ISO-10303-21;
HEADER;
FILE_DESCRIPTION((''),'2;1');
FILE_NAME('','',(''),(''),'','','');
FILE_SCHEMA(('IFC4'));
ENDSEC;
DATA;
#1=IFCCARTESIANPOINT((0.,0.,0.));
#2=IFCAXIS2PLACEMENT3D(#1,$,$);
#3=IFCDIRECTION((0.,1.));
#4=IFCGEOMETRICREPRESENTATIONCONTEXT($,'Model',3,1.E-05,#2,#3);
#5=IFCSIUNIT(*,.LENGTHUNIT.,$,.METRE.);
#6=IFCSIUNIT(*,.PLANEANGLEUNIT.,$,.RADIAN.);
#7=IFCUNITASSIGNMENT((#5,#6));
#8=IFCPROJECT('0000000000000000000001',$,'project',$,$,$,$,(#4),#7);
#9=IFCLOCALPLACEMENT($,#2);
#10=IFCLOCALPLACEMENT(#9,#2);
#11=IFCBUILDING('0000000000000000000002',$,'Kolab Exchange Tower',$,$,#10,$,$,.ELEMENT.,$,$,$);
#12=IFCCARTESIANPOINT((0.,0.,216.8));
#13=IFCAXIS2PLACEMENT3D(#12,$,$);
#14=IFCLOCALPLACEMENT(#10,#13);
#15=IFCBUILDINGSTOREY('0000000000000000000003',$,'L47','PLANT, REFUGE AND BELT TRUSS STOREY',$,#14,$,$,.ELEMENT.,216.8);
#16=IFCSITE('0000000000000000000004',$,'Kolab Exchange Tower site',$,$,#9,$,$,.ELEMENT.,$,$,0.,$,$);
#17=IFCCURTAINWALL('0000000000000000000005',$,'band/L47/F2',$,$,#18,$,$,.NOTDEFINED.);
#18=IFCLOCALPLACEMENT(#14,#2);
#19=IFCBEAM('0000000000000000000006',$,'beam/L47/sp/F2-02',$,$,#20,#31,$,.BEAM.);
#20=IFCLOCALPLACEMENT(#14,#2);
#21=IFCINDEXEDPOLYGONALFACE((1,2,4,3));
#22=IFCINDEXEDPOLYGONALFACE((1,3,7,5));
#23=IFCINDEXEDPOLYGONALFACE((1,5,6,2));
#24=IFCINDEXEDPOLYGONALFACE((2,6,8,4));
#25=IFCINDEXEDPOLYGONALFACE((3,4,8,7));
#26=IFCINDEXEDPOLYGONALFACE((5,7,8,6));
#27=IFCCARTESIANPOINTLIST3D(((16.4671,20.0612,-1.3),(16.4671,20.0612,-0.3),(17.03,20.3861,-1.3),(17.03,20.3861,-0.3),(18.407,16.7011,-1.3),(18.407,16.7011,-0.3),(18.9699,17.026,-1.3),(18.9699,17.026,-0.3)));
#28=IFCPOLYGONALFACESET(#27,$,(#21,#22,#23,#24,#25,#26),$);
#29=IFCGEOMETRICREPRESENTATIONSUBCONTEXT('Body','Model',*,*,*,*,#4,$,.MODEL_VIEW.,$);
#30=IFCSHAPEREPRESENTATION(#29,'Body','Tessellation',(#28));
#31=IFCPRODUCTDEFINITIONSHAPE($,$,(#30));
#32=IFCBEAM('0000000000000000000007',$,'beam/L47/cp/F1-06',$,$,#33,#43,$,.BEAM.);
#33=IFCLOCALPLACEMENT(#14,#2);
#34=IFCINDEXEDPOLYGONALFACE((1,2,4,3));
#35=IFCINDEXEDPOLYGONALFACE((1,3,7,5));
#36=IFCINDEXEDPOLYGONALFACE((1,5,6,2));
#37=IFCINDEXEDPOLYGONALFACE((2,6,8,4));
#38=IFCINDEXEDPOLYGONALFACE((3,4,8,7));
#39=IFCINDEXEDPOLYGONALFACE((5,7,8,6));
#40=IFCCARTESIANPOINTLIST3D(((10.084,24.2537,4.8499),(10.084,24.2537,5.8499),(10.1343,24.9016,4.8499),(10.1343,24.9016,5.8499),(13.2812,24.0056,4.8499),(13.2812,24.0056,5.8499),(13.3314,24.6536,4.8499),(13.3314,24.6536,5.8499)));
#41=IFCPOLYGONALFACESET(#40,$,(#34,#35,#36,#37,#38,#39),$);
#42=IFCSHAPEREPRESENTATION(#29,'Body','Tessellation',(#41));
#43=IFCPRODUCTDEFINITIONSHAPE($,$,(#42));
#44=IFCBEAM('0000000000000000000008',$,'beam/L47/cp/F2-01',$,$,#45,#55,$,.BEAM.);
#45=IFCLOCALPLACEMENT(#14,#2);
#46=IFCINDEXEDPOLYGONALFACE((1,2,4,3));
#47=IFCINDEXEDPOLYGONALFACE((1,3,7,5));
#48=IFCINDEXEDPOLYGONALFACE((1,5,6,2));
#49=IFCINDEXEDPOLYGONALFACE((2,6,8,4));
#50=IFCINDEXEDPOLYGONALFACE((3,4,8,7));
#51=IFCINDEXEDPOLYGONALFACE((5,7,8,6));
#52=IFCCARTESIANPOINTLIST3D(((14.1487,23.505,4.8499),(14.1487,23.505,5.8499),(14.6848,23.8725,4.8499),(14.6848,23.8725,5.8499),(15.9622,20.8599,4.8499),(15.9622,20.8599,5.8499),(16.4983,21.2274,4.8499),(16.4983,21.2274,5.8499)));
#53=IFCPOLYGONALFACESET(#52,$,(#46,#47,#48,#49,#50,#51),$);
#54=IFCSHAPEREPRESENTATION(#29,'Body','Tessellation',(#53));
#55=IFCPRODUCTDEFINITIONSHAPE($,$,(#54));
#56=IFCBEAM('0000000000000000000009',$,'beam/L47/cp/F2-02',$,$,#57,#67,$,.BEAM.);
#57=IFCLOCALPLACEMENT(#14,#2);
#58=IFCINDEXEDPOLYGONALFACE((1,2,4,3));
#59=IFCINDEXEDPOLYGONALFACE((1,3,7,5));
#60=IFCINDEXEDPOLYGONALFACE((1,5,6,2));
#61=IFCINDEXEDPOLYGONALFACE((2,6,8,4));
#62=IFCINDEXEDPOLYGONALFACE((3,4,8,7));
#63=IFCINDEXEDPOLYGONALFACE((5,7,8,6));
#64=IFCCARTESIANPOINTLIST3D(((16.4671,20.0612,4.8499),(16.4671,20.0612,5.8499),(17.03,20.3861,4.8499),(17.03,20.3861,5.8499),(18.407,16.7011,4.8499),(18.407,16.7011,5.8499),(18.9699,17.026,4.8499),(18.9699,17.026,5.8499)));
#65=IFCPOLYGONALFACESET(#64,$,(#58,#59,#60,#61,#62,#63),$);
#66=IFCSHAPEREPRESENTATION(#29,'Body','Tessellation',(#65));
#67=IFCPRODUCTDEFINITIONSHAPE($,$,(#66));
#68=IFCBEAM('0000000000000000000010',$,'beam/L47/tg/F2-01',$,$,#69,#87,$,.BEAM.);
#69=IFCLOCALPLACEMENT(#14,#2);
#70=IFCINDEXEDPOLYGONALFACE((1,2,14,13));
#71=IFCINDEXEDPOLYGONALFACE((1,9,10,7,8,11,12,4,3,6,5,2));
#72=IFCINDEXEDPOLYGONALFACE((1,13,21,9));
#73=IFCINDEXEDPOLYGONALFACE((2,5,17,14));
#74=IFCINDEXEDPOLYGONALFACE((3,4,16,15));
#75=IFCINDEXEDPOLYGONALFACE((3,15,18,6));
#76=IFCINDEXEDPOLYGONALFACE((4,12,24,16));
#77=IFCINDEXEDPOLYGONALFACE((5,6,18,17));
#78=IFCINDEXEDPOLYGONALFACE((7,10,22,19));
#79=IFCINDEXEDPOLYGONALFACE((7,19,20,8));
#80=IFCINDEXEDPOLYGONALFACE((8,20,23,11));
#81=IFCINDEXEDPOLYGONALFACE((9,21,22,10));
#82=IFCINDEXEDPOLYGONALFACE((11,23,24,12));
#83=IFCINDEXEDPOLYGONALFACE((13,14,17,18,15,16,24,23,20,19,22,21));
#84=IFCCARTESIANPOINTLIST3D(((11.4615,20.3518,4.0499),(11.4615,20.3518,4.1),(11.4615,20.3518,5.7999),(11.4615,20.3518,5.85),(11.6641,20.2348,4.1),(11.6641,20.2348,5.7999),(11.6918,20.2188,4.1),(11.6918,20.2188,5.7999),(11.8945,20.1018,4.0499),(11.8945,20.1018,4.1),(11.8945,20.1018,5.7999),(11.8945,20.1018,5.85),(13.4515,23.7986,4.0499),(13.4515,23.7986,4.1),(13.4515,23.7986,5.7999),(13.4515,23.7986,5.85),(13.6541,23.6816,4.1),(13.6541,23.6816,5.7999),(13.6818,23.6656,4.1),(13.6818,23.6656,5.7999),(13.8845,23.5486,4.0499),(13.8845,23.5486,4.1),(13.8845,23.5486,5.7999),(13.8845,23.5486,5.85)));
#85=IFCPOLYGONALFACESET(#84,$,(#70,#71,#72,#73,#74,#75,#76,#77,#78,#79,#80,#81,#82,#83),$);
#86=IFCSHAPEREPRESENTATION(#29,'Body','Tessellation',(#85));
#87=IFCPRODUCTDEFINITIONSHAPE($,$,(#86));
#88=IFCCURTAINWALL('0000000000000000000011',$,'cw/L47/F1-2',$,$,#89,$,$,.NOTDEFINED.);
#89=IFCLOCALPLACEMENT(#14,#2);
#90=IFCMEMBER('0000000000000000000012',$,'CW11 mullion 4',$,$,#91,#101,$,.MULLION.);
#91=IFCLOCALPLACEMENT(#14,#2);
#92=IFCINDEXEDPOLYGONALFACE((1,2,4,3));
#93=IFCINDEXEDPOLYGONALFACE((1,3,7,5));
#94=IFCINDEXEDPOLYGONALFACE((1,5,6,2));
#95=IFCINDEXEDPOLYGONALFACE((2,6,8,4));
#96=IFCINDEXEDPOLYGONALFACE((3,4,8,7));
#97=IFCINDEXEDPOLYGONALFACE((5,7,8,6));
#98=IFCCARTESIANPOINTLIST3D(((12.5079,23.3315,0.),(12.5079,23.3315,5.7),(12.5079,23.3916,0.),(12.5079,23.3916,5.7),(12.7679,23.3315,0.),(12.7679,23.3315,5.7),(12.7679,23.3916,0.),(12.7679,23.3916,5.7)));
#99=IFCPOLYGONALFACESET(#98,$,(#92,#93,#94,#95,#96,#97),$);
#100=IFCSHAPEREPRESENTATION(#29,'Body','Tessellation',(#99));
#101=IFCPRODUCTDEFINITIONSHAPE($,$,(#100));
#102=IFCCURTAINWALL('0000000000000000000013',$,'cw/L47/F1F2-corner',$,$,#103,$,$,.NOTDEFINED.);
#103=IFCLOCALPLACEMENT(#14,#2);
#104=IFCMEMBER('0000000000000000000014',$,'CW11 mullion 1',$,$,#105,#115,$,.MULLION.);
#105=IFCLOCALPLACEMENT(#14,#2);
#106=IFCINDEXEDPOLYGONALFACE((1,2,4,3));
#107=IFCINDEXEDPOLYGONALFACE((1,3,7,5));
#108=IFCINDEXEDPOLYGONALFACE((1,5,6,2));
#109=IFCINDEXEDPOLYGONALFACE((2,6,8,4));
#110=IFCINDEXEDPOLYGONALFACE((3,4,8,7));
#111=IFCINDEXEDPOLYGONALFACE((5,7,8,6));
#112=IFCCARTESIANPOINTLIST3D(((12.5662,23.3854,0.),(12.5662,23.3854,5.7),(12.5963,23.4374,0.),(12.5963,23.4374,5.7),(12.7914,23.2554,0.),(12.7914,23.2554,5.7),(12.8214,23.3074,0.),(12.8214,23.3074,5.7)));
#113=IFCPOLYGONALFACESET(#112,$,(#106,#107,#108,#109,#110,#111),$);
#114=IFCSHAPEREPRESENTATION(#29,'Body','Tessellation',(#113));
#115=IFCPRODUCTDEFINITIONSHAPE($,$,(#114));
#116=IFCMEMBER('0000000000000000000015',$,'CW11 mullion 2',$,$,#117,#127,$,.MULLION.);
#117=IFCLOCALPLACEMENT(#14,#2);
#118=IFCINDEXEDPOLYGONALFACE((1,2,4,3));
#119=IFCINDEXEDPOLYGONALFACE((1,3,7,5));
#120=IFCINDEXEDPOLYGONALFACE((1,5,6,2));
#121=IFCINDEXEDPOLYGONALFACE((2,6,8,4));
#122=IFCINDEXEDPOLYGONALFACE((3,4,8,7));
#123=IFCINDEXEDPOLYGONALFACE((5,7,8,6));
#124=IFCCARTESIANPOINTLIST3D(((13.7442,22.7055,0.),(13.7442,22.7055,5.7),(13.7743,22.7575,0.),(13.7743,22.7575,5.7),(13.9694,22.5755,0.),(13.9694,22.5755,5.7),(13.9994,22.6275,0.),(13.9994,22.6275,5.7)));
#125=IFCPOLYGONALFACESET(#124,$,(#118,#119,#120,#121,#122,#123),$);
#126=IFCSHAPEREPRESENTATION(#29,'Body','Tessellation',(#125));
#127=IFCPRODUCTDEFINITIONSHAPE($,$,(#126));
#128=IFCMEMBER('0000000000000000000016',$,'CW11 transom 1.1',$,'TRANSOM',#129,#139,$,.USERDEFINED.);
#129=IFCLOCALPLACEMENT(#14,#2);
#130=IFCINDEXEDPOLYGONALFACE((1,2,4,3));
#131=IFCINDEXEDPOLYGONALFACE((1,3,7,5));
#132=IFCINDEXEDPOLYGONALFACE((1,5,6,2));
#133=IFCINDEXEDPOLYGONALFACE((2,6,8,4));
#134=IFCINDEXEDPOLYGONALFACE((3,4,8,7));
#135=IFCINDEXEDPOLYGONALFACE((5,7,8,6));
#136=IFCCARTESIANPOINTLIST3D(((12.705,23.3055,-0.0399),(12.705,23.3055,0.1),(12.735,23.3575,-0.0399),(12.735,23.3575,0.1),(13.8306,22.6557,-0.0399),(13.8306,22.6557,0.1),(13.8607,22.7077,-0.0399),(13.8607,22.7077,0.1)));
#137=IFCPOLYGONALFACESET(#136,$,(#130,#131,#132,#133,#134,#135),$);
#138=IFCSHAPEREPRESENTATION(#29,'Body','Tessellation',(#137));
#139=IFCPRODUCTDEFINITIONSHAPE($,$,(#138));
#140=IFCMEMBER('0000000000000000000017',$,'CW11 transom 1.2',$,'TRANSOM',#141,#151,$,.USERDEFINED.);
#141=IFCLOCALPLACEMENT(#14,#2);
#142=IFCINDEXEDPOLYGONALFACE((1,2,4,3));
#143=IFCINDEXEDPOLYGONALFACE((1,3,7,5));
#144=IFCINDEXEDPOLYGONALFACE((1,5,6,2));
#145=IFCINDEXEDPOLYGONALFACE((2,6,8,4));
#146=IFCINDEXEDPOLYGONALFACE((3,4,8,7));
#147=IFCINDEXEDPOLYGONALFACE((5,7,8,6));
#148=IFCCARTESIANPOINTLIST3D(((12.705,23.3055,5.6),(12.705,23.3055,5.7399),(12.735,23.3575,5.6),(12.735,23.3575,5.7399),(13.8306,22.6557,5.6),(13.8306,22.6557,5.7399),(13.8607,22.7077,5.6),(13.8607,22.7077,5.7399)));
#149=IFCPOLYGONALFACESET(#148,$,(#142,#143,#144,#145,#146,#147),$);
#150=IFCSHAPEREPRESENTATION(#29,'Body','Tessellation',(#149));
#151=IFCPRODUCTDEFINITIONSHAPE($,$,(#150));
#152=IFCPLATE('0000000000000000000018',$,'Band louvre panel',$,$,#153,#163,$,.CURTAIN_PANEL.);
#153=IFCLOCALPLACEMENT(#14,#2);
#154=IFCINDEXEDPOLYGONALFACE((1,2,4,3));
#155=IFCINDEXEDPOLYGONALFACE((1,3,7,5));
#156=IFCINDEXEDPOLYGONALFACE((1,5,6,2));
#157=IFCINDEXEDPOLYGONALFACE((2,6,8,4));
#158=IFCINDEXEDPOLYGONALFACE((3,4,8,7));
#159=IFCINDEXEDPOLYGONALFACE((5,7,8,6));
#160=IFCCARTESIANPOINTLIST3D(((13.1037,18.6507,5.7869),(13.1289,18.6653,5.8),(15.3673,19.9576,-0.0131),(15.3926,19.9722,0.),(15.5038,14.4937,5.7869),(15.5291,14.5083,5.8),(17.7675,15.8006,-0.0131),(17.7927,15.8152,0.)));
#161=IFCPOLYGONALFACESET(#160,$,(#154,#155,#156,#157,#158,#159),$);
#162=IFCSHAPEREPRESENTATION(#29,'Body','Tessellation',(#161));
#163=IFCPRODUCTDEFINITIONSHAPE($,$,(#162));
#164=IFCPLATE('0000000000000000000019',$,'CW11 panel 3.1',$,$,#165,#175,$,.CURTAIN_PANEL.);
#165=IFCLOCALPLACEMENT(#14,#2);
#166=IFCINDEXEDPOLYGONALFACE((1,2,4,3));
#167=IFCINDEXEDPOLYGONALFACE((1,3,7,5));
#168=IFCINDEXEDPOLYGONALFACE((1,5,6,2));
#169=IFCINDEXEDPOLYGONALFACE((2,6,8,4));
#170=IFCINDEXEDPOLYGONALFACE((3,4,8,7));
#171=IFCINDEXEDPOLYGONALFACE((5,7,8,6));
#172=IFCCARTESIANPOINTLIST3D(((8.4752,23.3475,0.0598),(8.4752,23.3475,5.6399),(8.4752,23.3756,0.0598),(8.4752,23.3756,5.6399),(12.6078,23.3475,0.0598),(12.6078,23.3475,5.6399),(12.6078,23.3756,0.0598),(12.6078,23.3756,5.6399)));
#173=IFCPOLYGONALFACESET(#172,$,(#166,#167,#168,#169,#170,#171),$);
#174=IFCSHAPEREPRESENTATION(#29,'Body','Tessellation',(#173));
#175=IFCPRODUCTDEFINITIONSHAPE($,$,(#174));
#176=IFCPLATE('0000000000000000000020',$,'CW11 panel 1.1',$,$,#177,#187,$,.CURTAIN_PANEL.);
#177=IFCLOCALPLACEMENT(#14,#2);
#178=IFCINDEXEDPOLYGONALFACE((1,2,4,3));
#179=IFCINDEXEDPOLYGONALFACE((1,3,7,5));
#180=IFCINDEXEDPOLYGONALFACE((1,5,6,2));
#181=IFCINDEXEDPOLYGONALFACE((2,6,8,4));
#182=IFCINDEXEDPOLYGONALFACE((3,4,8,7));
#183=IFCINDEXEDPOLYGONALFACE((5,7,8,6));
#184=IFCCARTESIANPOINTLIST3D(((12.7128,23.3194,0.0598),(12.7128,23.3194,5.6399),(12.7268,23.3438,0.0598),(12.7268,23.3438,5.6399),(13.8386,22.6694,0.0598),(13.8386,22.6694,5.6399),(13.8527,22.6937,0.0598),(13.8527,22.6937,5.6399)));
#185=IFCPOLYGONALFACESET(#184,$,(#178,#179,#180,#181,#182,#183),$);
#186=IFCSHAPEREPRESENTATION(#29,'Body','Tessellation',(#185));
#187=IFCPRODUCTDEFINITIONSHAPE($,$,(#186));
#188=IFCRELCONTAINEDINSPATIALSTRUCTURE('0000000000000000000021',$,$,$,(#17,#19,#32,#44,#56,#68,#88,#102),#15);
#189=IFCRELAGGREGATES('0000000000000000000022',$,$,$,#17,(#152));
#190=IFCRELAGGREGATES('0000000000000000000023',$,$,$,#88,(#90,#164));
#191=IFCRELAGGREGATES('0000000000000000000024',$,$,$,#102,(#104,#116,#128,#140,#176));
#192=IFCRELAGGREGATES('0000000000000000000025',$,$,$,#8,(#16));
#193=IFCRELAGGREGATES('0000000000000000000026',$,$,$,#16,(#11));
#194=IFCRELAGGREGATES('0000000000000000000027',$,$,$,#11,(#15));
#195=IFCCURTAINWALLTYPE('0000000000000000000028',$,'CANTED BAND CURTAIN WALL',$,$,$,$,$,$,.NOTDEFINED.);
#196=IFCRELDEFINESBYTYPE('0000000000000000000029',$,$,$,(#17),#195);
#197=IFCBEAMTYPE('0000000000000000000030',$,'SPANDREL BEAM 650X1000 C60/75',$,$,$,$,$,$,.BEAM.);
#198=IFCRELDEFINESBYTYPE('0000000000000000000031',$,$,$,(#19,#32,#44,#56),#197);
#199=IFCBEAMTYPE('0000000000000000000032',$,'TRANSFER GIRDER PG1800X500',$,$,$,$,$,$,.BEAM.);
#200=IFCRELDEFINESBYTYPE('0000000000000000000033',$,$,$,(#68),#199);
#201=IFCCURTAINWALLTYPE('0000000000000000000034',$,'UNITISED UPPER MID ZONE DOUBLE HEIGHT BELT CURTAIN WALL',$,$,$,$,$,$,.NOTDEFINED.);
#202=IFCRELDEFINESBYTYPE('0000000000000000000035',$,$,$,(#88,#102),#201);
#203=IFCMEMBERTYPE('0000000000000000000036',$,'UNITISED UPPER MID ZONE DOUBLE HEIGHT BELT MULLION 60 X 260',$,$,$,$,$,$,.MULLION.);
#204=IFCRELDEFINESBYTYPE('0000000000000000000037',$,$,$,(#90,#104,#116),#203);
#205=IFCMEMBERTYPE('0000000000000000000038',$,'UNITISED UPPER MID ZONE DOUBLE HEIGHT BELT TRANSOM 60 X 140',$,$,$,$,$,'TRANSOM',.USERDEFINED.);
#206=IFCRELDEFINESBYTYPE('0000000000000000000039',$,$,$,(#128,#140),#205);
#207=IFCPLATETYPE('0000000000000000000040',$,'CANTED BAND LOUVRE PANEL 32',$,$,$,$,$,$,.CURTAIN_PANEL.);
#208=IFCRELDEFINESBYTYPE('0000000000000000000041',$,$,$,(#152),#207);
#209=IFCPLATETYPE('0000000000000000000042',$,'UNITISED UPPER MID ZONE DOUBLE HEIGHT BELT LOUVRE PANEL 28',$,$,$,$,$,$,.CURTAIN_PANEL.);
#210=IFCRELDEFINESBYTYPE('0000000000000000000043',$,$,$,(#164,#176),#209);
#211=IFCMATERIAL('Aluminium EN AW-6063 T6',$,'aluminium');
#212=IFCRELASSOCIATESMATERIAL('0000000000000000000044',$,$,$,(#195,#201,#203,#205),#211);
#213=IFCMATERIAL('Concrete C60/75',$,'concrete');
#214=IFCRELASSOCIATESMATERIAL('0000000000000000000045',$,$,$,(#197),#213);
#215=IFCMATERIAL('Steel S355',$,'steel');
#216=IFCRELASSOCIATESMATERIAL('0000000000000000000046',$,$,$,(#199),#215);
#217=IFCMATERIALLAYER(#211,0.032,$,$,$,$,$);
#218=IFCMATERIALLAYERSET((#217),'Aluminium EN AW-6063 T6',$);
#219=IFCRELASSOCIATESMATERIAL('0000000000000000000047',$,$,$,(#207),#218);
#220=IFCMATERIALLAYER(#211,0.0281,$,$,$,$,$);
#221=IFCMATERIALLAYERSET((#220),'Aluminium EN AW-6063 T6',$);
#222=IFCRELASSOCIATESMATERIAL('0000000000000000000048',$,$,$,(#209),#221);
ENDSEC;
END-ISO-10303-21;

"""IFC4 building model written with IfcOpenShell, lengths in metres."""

from ifc_helpers import new_model, si_unit, direction, frame, origin, origin_2d, place, context, subcontext, project, spatial, polyline, rectangle, i_section, outline, extrude, material, layer, layer_set, material_profile, profile_set, type_object, element, aggregate, save


model = new_model("IFC4")

# Units and contexts
model_context = context("Model", 3, precision=1e-05, world=origin(), true_north=direction((0.0, 1.0)))
body_context = subcontext(model_context, "Body", "Model", "MODEL_VIEW")
ifc_project = project(units=[si_unit("LENGTHUNIT", "METRE"), si_unit("PLANEANGLEUNIT", "RADIAN")], contexts=[model_context])

# Site, building, storey
site_placement = place(None, origin())
site = spatial("IfcSite", under=ifc_project, at=site_placement, Name="Kolab Exchange Tower site", CompositionType="ELEMENT", RefElevation=0.0)
building_placement = place(site_placement, origin())
building = spatial("IfcBuilding", under=site, at=building_placement, Name="Kolab Exchange Tower", CompositionType="ELEMENT")
storey_placement = place(building_placement, frame((0.0, 0.0, 216.8)))
storey = spatial("IfcBuildingStorey", under=building, at=storey_placement, Name="L47", Description="PLANT, REFUGE AND BELT TRUSS STOREY", CompositionType="ELEMENT", Elevation=216.8)

# Shared definitions
ifc_material_1 = material(Name="Concrete C60/75", Category="concrete")

# Shared definitions
ifc_material_2 = material(Name="Steel S355", Category="steel")

# Curtain wall
ifc_material_3 = material(Name="Aluminium EN AW-6063 T6", Category="aluminium")
curtain_wall_type_1 = type_object("IfcCurtainWallType", Name="CANTED BAND CURTAIN WALL", PredefinedType="NOTDEFINED", material=ifc_material_3)
curtain_wall_1_placement = place(storey_placement, origin())
curtain_wall_1 = element("IfcCurtainWall", 1, at=curtain_wall_1_placement, inside=storey, type_object=curtain_wall_type_1, Name="band/L47/F2", PredefinedType="NOTDEFINED")

# Beams
ifc_material_profile_1 = material_profile(ifc_material_1, rectangle(XDim=0.6499, YDim=1.0, at=origin_2d()), Name="RC650X1000")
ifc_profile_set_1 = profile_set([ifc_material_profile_1], Name="Concrete C60/75")
beam_type_1 = type_object("IfcBeamType", Name="SPANDREL BEAM 650X1000 C60/75", PredefinedType="BEAM", material=ifc_profile_set_1)
beam_1_placement = place(storey_placement, frame((16.7485, 20.2236, -0.8), z_axis=(0.499997, -0.866027, 0.0), x_axis=(0.866027, 0.499997, 0.0)))
element("IfcBeam", 2, at=beam_1_placement, inside=storey, type_object=beam_type_1, Name="beam/L47/sp/F2-02", PredefinedType="BEAM", context=body_context, shape_type="SweptSolid", body=[
    extrude(rectangle(XDim=0.6499, YDim=1.0, at=origin_2d()), origin(), (0.0, 0.0, 1.0), 3.8799),
])
beam_2_placement = place(storey_placement, frame((10.1091, 24.5776, 5.3499), z_axis=(0.997004, -0.077349, 0.0), x_axis=(0.077349, 0.997004, 0.0)))
element("IfcBeam", 3, at=beam_2_placement, inside=storey, type_object=beam_type_1, Name="beam/L47/cp/F1-06", PredefinedType="BEAM", context=body_context, shape_type="SweptSolid", body=[
    extrude(rectangle(XDim=0.6499, YDim=1.0, at=origin_2d()), origin(), (0.0, 0.0, 1.0), 3.2068),
])
beam_3_placement = place(storey_placement, frame((14.4167, 23.6887, 5.3499), z_axis=(0.565475, -0.824765, 0.0), x_axis=(0.824765, 0.565475, 0.0)))
element("IfcBeam", 4, at=beam_3_placement, inside=storey, type_object=beam_type_1, Name="beam/L47/cp/F2-01", PredefinedType="BEAM", context=body_context, shape_type="SweptSolid", body=[
    extrude(rectangle(XDim=0.6499, YDim=1.0, at=origin_2d()), origin(), (0.0, 0.0, 1.0), 3.207),
])
beam_4_placement = place(storey_placement, frame((16.7485, 20.2236, 5.3499), z_axis=(0.499997, -0.866027, 0.0), x_axis=(0.866027, 0.499997, 0.0)))
element("IfcBeam", 5, at=beam_4_placement, inside=storey, type_object=beam_type_1, Name="beam/L47/cp/F2-02", PredefinedType="BEAM", context=body_context, shape_type="SweptSolid", body=[
    extrude(rectangle(XDim=0.6499, YDim=1.0, at=origin_2d()), origin(), (0.0, 0.0, 1.0), 3.8799),
])
ifc_material_profile_2 = material_profile(ifc_material_2, i_section(OverallWidth=0.5, OverallDepth=1.8, WebThickness=0.032, FlangeThickness=0.05, at=origin_2d()), Name="PG1800X500")
ifc_profile_set_2 = profile_set([ifc_material_profile_2], Name="Steel S355")
beam_type_2 = type_object("IfcBeamType", Name="TRANSFER GIRDER PG1800X500", PredefinedType="BEAM", material=ifc_profile_set_2)
beam_5_placement = place(storey_placement, frame((11.678, 20.2268, 4.95), z_axis=(0.499999, 0.866026, 0.0), x_axis=(-0.866026, 0.499999, 0.0)))
element("IfcBeam", 6, at=beam_5_placement, inside=storey, type_object=beam_type_2, Name="beam/L47/tg/F2-01", PredefinedType="BEAM", context=body_context, shape_type="SweptSolid", body=[
    extrude(i_section(OverallWidth=0.5, OverallDepth=1.8, WebThickness=0.032, FlangeThickness=0.05, at=origin_2d()), origin(), (0.0, 0.0, 1.0), 3.98),
])

# Curtain wall, member
curtain_wall_type_2 = type_object("IfcCurtainWallType", Name="UNITISED UPPER MID ZONE DOUBLE HEIGHT BELT CURTAIN WALL", PredefinedType="NOTDEFINED", material=ifc_material_3)
curtain_wall_2_placement = place(storey_placement, origin())
curtain_wall_2 = element("IfcCurtainWall", 7, at=curtain_wall_2_placement, inside=storey, type_object=curtain_wall_type_2, Name="cw/L47/F1-2", PredefinedType="NOTDEFINED")
ifc_material_profile_3 = material_profile(ifc_material_3, rectangle(XDim=0.0601, YDim=0.26, at=origin_2d()), Name="RECT 60X260")
ifc_profile_set_3 = profile_set([ifc_material_profile_3], Name="Aluminium EN AW-6063 T6")
member_type_1 = type_object("IfcMemberType", Name="UNITISED UPPER MID ZONE DOUBLE HEIGHT BELT MULLION 60 X 260", PredefinedType="MULLION", material=ifc_profile_set_3)
member_1_placement = place(storey_placement, frame((12.6379, 23.3616, 0.0), z_axis=(0.0, 0.0, 1.0), x_axis=(0.0, 1.0, 0.0)))
member_1 = element("IfcMember", 8, at=member_1_placement, type_object=member_type_1, Name="CW11 mullion 4", PredefinedType="MULLION", context=body_context, shape_type="SweptSolid", body=[
    extrude(rectangle(XDim=0.0601, YDim=0.26, at=origin_2d()), origin(), (0.0, 0.0, 1.0), 5.7),
])

# Curtain wall, members
curtain_wall_3_placement = place(storey_placement, origin())
curtain_wall_3 = element("IfcCurtainWall", 9, at=curtain_wall_3_placement, inside=storey, type_object=curtain_wall_type_2, Name="cw/L47/F1F2-corner", PredefinedType="NOTDEFINED")
member_2_placement = place(storey_placement, frame((12.6938, 23.3464, 0.0), z_axis=(0.0, 0.0, 1.0), x_axis=(0.5, 0.866025, 0.0)))
member_2 = element("IfcMember", 10, at=member_2_placement, type_object=member_type_1, Name="CW11 mullion 1", PredefinedType="MULLION", context=body_context, shape_type="SweptSolid", body=[
    extrude(rectangle(XDim=0.0601, YDim=0.26, at=origin_2d()), origin(), (0.0, 0.0, 1.0), 5.7),
])
member_3_placement = place(storey_placement, frame((13.8718, 22.6665, 0.0), z_axis=(0.0, 0.0, 1.0), x_axis=(0.5, 0.866025, 0.0)))
member_3 = element("IfcMember", 11, at=member_3_placement, type_object=member_type_1, Name="CW11 mullion 2", PredefinedType="MULLION", context=body_context, shape_type="SweptSolid", body=[
    extrude(rectangle(XDim=0.0601, YDim=0.26, at=origin_2d()), origin(), (0.0, 0.0, 1.0), 5.7),
])
ifc_material_profile_4 = material_profile(ifc_material_3, rectangle(XDim=0.0601, YDim=0.1399, at=origin_2d()), Name="RECT 60X140")
ifc_profile_set_4 = profile_set([ifc_material_profile_4], Name="Aluminium EN AW-6063 T6")
member_type_2 = type_object("IfcMemberType", Name="UNITISED UPPER MID ZONE DOUBLE HEIGHT BELT TRANSOM 60 X 140", ElementType="TRANSOM", PredefinedType="USERDEFINED", material=ifc_profile_set_4)
member_4_placement = place(storey_placement, frame((12.72, 23.3315, 0.03), z_axis=(0.866039, -0.499977, 0.0), x_axis=(0.499977, 0.866039, 0.0)))
member_4 = element("IfcMember", 12, at=member_4_placement, type_object=member_type_2, Name="CW11 transom 1.1", ObjectType="TRANSOM", PredefinedType="USERDEFINED", context=body_context, shape_type="SweptSolid", body=[
    extrude(rectangle(XDim=0.0601, YDim=0.1399, at=origin_2d()), origin(), (0.0, 0.0, 1.0), 1.2998),
])
member_5_placement = place(storey_placement, frame((12.72, 23.3315, 5.6699), z_axis=(0.866039, -0.499977, 0.0), x_axis=(0.499977, 0.866039, 0.0)))
member_5 = element("IfcMember", 13, at=member_5_placement, type_object=member_type_2, Name="CW11 transom 1.2", ObjectType="TRANSOM", PredefinedType="USERDEFINED", context=body_context, shape_type="SweptSolid", body=[
    extrude(rectangle(XDim=0.0601, YDim=0.1399, at=origin_2d()), origin(), (0.0, 0.0, 1.0), 1.2998),
])

# Plates
ifc_layer_1 = layer(ifc_material_3, 0.032)
ifc_layer_set_1 = layer_set([ifc_layer_1], Name="Aluminium EN AW-6063 T6")
plate_type_1 = type_object("IfcPlateType", Name="CANTED BAND LOUVRE PANEL 32", PredefinedType="CURTAIN_PANEL", material=ifc_layer_set_1)
plate_1_placement = place(storey_placement, frame((15.3926, 19.9722, 0.0), z_axis=(0.789543, 0.455864, 0.410864), x_axis=(0.500017, -0.866015, 0.0)))
plate_1 = element("IfcPlate", 14, at=plate_1_placement, type_object=plate_type_1, Name="Band louvre panel", PredefinedType="CURTAIN_PANEL", context=body_context, shape_type="SweptSolid", body=[
    extrude(outline(polyline([(0.0, 0.0), (4.8001, 0.0), (4.8, -6.3618), (-0.0001, -6.3618), (0.0, 0.0)])), origin(), (0.0, 0.0, -1.0), 0.032),
])
aggregate(curtain_wall_1, [plate_1])
ifc_layer_2 = layer(ifc_material_3, 0.0281)
ifc_layer_set_2 = layer_set([ifc_layer_2], Name="Aluminium EN AW-6063 T6")
plate_type_2 = type_object("IfcPlateType", Name="UNITISED UPPER MID ZONE DOUBLE HEIGHT BELT LOUVRE PANEL 28", PredefinedType="CURTAIN_PANEL", material=ifc_layer_set_2)
plate_2_placement = place(storey_placement, frame((10.5415, 23.3616, 0.0598), z_axis=(0.0, 0.0, 1.0), x_axis=(1.0, 0.0, 0.0)))
plate_2 = element("IfcPlate", 15, at=plate_2_placement, type_object=plate_type_2, Name="CW11 panel 3.1", PredefinedType="CURTAIN_PANEL", context=body_context, shape_type="SweptSolid", body=[
    extrude(rectangle(XDim=4.1326, YDim=0.0281, at=origin_2d()), origin(), (0.0, 0.0, 1.0), 5.5801),
])
aggregate(curtain_wall_2, [member_1, plate_2])
plate_3_placement = place(storey_placement, frame((13.2827, 23.0066, 0.0598), z_axis=(0.0, 0.0, 1.0), x_axis=(0.866025, -0.5, 0.0)))
plate_3 = element("IfcPlate", 16, at=plate_3_placement, type_object=plate_type_2, Name="CW11 panel 1.1", PredefinedType="CURTAIN_PANEL", context=body_context, shape_type="SweptSolid", body=[
    extrude(rectangle(XDim=1.3, YDim=0.0281, at=origin_2d()), origin(), (0.0, 0.0, 1.0), 5.5801),
])
aggregate(curtain_wall_3, [member_2, member_3, member_4, member_5, plate_3])

save(model, "model.ifc")
